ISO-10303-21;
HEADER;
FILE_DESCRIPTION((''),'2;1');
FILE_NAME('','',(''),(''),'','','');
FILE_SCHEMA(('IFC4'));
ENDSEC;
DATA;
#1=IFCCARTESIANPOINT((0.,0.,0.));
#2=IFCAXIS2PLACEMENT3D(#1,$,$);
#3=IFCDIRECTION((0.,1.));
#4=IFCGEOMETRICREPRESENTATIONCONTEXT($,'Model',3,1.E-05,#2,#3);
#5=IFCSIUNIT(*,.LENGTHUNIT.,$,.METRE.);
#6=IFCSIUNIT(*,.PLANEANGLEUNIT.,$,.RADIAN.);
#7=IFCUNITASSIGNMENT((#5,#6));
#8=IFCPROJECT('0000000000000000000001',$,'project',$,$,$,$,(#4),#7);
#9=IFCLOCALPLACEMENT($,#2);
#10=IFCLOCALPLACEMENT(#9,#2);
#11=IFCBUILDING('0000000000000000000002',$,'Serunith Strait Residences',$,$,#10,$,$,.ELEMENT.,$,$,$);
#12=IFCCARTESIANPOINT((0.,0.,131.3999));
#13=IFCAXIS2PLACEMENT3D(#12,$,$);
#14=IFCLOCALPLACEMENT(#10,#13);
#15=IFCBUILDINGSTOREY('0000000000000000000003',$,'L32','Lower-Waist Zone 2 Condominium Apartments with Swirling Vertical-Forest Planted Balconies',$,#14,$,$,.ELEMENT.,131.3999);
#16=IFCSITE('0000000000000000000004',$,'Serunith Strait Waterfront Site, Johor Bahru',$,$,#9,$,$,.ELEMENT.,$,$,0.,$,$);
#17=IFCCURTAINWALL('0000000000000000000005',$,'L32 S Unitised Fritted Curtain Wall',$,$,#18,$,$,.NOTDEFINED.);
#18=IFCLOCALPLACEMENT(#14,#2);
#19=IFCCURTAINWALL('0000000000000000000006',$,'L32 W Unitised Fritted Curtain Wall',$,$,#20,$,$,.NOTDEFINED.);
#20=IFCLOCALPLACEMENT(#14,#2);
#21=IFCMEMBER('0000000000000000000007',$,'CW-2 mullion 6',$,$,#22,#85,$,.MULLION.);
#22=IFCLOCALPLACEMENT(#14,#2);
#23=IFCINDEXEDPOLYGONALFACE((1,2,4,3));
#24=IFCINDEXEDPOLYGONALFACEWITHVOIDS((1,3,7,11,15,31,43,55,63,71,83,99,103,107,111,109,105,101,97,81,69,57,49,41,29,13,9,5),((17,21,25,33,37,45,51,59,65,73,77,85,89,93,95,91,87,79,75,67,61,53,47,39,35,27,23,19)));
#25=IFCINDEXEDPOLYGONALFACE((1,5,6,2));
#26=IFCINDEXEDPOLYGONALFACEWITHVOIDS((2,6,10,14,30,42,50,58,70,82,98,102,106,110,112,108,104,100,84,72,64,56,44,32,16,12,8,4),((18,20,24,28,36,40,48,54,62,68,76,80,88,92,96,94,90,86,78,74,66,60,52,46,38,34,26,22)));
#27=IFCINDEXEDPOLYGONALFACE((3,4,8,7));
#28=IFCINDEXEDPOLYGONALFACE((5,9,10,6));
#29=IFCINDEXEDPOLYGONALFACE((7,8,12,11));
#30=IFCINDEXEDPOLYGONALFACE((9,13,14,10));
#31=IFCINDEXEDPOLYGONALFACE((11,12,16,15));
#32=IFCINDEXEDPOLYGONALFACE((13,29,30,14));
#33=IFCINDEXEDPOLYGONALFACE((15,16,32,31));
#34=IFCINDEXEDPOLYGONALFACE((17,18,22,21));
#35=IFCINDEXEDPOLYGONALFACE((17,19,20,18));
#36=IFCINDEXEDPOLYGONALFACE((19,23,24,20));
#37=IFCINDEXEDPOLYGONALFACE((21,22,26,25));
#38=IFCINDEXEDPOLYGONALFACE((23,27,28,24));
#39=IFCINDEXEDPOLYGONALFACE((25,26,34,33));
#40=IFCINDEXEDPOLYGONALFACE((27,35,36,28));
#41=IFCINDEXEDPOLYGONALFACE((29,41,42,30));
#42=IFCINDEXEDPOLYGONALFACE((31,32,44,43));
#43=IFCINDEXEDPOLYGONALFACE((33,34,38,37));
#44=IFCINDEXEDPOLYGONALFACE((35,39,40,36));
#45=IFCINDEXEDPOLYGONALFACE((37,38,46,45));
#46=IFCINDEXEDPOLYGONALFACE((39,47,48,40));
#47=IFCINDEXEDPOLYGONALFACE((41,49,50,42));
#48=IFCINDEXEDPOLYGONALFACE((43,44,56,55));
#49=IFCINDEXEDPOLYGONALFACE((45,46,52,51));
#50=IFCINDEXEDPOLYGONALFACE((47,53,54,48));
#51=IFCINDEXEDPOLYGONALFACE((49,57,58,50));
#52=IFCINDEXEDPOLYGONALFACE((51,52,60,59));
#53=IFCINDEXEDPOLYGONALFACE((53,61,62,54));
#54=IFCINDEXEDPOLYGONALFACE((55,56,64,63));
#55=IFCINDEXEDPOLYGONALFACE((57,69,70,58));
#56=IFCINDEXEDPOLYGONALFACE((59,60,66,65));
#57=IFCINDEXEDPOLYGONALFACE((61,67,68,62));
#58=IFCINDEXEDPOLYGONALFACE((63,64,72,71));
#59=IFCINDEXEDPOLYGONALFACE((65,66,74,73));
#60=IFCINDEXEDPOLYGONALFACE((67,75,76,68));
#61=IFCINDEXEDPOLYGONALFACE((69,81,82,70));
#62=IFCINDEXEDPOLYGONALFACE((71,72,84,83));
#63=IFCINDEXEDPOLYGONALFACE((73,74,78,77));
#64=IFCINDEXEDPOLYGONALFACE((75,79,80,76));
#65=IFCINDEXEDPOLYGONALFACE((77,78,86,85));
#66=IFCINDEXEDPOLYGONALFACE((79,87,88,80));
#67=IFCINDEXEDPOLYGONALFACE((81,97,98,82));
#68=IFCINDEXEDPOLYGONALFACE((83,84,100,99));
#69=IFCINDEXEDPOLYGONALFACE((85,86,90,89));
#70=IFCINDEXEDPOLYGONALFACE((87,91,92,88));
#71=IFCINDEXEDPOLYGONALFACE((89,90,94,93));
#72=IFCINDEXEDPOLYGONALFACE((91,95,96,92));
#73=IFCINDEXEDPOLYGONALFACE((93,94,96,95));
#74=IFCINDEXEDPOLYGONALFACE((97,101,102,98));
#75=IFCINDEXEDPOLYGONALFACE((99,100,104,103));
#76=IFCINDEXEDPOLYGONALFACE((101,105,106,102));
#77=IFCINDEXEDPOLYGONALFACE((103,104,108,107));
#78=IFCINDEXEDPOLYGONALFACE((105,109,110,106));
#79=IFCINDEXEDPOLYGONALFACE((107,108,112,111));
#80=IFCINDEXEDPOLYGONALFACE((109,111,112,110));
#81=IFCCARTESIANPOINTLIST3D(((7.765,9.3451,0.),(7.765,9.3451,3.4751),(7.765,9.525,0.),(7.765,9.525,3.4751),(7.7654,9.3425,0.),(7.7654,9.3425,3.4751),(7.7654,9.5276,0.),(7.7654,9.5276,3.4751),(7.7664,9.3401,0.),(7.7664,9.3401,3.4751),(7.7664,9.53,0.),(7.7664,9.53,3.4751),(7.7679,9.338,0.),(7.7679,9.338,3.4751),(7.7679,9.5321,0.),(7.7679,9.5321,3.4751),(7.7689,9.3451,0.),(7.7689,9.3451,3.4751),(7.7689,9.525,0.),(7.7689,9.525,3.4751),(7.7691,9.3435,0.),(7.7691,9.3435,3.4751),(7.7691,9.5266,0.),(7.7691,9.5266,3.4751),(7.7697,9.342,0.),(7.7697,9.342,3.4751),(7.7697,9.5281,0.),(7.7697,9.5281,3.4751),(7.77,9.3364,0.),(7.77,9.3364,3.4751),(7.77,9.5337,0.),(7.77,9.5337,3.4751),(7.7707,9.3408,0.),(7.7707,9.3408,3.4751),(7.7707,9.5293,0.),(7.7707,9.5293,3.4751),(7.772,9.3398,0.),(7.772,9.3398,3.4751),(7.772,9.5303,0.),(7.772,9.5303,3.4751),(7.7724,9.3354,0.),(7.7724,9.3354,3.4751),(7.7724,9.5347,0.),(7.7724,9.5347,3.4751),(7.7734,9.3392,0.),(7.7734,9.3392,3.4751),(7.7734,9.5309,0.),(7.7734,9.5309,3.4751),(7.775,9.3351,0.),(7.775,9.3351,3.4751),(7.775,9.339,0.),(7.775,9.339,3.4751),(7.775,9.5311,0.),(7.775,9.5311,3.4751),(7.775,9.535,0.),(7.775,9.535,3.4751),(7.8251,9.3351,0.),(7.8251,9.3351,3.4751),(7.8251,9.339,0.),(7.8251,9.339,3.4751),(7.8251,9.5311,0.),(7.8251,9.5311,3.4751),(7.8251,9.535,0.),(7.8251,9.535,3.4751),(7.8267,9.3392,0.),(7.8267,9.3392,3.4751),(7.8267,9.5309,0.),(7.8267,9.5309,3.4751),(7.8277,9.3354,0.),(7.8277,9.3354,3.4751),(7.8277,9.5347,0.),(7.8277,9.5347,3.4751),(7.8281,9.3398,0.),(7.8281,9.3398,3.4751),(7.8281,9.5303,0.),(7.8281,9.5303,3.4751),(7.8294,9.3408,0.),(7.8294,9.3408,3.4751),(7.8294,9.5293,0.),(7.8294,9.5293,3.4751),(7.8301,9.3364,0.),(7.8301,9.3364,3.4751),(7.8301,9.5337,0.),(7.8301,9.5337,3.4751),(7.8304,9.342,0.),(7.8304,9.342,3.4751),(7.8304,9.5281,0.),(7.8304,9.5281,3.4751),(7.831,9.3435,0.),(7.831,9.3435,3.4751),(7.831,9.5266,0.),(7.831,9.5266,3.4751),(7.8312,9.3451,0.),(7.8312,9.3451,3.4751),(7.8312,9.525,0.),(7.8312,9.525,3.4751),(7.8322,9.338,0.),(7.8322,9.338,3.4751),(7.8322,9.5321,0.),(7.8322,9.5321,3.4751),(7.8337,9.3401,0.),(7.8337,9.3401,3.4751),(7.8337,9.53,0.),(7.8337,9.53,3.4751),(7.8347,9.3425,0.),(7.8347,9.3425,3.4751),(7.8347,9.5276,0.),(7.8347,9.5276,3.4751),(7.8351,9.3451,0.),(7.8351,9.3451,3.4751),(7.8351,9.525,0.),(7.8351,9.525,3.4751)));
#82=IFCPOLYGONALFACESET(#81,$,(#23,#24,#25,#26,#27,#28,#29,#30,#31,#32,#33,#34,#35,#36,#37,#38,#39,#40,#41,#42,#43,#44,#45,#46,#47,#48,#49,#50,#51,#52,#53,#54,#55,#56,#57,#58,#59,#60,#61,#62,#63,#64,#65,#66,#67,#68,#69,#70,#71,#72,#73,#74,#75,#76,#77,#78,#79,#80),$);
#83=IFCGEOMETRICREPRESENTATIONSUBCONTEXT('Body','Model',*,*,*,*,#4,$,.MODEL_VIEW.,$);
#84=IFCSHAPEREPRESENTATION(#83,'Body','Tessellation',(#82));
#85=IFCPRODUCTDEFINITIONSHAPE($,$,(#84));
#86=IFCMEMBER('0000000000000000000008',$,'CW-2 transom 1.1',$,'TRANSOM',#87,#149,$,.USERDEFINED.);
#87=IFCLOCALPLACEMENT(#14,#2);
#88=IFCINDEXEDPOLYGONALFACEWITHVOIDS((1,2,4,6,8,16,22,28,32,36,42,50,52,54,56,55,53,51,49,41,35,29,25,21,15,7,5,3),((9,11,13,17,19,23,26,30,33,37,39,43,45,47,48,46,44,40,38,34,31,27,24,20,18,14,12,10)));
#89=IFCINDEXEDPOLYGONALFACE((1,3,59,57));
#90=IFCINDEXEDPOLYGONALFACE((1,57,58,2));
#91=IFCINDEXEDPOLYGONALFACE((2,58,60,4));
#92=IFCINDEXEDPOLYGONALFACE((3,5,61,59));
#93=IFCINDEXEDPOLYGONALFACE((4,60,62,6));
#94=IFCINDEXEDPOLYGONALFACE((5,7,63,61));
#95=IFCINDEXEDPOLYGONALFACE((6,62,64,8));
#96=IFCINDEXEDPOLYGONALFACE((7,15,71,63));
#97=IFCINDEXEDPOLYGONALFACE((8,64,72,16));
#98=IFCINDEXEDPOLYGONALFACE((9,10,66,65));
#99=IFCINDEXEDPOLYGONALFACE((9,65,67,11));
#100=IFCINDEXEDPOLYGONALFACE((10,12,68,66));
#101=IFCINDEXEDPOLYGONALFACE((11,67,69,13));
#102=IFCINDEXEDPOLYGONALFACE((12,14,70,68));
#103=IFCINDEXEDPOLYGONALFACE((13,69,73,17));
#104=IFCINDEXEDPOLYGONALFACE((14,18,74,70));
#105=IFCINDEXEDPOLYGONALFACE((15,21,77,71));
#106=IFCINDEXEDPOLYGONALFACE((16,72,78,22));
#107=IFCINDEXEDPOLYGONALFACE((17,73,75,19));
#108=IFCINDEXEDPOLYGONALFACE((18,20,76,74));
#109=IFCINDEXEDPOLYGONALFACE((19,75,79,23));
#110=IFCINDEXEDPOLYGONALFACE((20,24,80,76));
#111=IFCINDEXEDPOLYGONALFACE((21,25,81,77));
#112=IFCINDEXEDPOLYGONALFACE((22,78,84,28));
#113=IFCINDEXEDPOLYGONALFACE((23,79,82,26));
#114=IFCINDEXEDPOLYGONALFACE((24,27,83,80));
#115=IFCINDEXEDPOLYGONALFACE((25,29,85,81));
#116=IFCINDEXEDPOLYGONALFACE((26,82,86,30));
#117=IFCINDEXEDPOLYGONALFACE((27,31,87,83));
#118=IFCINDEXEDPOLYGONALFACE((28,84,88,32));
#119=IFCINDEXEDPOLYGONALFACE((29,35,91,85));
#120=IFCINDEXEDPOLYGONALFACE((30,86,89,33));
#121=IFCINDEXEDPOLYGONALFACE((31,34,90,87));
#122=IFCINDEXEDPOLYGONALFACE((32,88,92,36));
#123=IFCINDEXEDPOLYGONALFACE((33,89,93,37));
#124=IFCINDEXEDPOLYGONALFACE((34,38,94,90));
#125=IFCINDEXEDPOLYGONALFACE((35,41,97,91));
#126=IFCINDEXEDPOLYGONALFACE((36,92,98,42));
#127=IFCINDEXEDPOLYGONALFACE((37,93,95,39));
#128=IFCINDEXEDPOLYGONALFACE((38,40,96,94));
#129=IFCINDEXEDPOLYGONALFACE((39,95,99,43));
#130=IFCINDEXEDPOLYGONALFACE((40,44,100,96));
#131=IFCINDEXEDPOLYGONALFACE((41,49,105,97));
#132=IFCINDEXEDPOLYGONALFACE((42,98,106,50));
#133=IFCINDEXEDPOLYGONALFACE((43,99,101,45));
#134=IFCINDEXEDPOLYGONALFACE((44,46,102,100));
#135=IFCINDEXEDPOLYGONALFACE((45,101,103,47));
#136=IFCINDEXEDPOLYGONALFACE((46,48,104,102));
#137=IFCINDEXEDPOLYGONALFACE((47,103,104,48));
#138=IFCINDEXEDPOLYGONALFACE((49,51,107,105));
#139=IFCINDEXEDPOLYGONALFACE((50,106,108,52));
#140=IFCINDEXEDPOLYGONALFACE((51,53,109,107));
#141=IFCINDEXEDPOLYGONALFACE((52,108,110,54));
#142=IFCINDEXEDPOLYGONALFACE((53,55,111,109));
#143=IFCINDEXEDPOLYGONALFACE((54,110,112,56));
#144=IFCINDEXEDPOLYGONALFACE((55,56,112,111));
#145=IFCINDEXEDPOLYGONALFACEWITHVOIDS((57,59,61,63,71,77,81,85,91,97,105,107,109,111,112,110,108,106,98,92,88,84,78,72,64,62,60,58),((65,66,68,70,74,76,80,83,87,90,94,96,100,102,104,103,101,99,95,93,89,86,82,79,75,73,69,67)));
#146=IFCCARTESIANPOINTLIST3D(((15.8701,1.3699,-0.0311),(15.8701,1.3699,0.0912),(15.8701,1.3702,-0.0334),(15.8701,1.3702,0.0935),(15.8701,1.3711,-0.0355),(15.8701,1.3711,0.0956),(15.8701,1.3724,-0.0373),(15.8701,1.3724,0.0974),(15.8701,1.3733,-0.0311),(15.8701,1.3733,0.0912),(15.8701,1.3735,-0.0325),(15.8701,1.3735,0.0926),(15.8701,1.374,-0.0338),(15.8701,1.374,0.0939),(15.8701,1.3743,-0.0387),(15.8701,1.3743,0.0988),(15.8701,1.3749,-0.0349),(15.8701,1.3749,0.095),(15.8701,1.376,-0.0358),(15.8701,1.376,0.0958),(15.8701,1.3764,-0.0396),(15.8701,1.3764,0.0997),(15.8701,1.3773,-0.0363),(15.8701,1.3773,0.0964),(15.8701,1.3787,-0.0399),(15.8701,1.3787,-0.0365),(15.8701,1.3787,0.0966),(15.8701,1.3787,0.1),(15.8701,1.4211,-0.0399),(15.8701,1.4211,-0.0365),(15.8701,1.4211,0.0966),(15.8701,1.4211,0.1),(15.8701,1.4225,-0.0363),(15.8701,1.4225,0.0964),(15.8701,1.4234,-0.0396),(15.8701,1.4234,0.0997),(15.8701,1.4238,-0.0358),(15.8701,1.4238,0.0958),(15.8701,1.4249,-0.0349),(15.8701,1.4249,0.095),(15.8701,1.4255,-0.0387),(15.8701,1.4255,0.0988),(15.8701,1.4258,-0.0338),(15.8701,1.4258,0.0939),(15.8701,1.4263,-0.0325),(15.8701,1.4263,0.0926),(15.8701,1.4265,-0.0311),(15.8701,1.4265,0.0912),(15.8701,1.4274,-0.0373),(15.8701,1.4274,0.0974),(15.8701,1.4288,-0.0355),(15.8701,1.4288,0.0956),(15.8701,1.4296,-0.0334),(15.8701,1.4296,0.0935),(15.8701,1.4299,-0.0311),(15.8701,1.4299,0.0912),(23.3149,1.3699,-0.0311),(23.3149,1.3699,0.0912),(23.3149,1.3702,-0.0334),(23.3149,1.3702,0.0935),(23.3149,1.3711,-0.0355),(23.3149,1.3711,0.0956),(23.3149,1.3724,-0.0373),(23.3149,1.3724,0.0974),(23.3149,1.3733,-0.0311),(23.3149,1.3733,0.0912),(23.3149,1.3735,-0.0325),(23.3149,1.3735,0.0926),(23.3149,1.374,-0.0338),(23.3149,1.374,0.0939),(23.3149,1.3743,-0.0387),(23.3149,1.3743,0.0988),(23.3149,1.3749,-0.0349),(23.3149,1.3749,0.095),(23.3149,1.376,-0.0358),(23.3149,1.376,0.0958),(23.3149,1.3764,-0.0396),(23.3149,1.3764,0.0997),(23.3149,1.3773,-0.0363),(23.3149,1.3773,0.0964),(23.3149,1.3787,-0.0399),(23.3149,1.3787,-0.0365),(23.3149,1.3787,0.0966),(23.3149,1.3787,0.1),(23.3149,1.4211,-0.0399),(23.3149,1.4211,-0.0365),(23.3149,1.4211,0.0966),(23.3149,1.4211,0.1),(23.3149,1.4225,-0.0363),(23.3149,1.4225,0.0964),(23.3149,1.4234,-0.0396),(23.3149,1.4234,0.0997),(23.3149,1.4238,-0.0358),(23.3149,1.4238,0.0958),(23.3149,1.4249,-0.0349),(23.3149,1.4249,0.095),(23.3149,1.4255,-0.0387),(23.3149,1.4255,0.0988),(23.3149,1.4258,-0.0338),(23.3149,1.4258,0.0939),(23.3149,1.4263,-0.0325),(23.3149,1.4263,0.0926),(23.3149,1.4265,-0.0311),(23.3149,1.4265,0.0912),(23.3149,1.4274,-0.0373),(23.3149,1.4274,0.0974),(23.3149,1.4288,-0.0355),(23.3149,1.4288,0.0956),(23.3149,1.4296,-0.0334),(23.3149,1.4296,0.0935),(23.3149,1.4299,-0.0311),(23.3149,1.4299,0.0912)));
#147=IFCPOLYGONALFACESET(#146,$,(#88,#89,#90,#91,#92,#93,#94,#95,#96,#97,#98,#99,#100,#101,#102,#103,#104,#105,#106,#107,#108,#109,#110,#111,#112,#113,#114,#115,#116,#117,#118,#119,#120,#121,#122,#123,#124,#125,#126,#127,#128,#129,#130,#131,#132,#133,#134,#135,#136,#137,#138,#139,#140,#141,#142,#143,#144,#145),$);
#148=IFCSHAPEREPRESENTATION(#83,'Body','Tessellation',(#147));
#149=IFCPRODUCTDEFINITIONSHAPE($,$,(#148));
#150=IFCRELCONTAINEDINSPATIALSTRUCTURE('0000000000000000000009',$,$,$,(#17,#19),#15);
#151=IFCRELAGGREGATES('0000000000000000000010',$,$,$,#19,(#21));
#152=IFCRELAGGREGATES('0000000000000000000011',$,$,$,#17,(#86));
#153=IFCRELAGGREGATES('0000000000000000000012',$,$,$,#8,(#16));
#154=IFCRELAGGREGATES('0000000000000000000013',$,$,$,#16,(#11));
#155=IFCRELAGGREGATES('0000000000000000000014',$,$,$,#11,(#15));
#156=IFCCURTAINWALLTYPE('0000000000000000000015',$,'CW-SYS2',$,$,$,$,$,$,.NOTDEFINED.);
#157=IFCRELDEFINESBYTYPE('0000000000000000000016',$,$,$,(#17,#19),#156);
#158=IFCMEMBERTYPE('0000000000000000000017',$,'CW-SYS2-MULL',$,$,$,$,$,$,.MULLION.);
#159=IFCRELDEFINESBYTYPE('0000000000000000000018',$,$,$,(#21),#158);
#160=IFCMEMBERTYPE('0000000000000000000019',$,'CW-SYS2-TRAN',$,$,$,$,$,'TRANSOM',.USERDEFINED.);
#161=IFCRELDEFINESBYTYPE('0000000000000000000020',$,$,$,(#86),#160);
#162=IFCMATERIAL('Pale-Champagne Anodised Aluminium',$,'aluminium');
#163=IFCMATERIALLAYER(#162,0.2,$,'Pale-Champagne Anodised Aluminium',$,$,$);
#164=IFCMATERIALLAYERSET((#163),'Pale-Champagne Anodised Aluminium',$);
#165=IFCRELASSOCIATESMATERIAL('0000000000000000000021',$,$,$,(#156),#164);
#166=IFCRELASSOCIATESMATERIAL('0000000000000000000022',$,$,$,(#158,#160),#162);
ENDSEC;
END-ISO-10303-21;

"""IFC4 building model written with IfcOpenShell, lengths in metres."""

from ifc_helpers import new_model, si_unit, direction, frame, origin, origin_2d, place, context, subcontext, project, spatial, hollow_rectangle, extrude, source, transform, mapped, material, layer, layer_set, material_profile, profile_set, type_object, element, aggregate, save


model = new_model("IFC4")

# Units and contexts
model_context = context("Model", 3, precision=1e-05, world=origin(), true_north=direction((0.0, 1.0)))
body_context = subcontext(model_context, "Body", "Model", "MODEL_VIEW")
ifc_project = project(units=[si_unit("LENGTHUNIT", "METRE"), si_unit("PLANEANGLEUNIT", "RADIAN")], contexts=[model_context])

# Site, building, storey
site_placement = place(None, origin())
site = spatial("IfcSite", under=ifc_project, at=site_placement, Name="Serunith Strait Waterfront Site, Johor Bahru", CompositionType="ELEMENT", RefElevation=0.0)
building_placement = place(site_placement, origin())
building = spatial("IfcBuilding", under=site, at=building_placement, Name="Serunith Strait Residences", CompositionType="ELEMENT")
storey_placement = place(building_placement, frame((0.0, 0.0, 131.3999)))
storey = spatial("IfcBuildingStorey", under=building, at=storey_placement, Name="L32", Description="Lower-Waist Zone 2 Condominium Apartments with Swirling Vertical-Forest Planted Balconies", CompositionType="ELEMENT", Elevation=131.3999)

# Curtain walls, member
ifc_material_1 = material(Name="Pale-Champagne Anodised Aluminium", Category="aluminium")
ifc_layer_1 = layer(ifc_material_1, 0.2, Name="Pale-Champagne Anodised Aluminium")
ifc_layer_set_1 = layer_set([ifc_layer_1], Name="Pale-Champagne Anodised Aluminium")
curtain_wall_type = type_object("IfcCurtainWallType", Name="CW-SYS2", PredefinedType="NOTDEFINED", material=ifc_layer_set_1)
curtain_wall_1_placement = place(storey_placement, origin())
curtain_wall_1 = element("IfcCurtainWall", 1, at=curtain_wall_1_placement, inside=storey, type_object=curtain_wall_type, Name="L32 S Unitised Fritted Curtain Wall", PredefinedType="NOTDEFINED")
ifc_material_profile_1 = material_profile(ifc_material_1, hollow_rectangle(XDim=0.0701, YDim=0.2, WallThickness=0.0039, InnerFilletRadius=0.0061, OuterFilletRadius=0.01, at=origin_2d()), Name="ALU 200x70x4")
ifc_profile_set_1 = profile_set([ifc_material_profile_1], Name="Pale-Champagne Anodised Aluminium")
member_type_1 = type_object("IfcMemberType", Name="CW-SYS2-MULL", PredefinedType="MULLION", material=ifc_profile_set_1)
shared_shape_1 = source(origin(), body_context, "Body", "SweptSolid", [
    extrude(hollow_rectangle(XDim=0.0701, YDim=0.2, WallThickness=0.0039, InnerFilletRadius=0.0061, OuterFilletRadius=0.01, at=origin_2d()), origin(), (0.0, 0.0, 1.0), 3.4751),
])
curtain_wall_2_placement = place(storey_placement, origin())
curtain_wall_2 = element("IfcCurtainWall", 2, at=curtain_wall_2_placement, inside=storey, type_object=curtain_wall_type, Name="L32 W Unitised Fritted Curtain Wall", PredefinedType="NOTDEFINED")
member_1_placement = place(storey_placement, frame((7.8, 9.4351, 0.0), z_axis=(0.0, 0.0, 1.0), x_axis=(1.0, 0.0, 0.0)))
member_1 = element("IfcMember", 3, at=member_1_placement, type_object=member_type_1, Name="CW-2 mullion 6", PredefinedType="MULLION", context=body_context, shape_type="MappedRepresentation", body=[
    mapped(shared_shape_1, transform((0.0, 0.0, 0.0), scale=1.0)),
])
aggregate(curtain_wall_2, [member_1])

# Member
ifc_material_profile_2 = material_profile(ifc_material_1, hollow_rectangle(XDim=0.0601, YDim=0.1399, WallThickness=0.0034, InnerFilletRadius=0.0054, OuterFilletRadius=0.0088, at=origin_2d()), Name="ALU 140x60x3.5")
ifc_profile_set_2 = profile_set([ifc_material_profile_2], Name="Pale-Champagne Anodised Aluminium")
member_type_2 = type_object("IfcMemberType", Name="CW-SYS2-TRAN", ElementType="TRANSOM", PredefinedType="USERDEFINED", material=ifc_profile_set_2)
shared_shape_2 = source(origin(), body_context, "Body", "SweptSolid", [
    extrude(hollow_rectangle(XDim=0.0601, YDim=0.1399, WallThickness=0.0034, InnerFilletRadius=0.0054, OuterFilletRadius=0.0088, at=origin_2d()), origin(), (0.0, 0.0, 1.0), 7.4448),
])
member_2_placement = place(storey_placement, frame((15.8701, 1.3999, 0.03), z_axis=(1.0, 0.0, 0.0), x_axis=(0.0, 1.0, 0.0)))
member_2 = element("IfcMember", 4, at=member_2_placement, type_object=member_type_2, Name="CW-2 transom 1.1", ObjectType="TRANSOM", PredefinedType="USERDEFINED", context=body_context, shape_type="MappedRepresentation", body=[
    mapped(shared_shape_2, transform((0.0, 0.0, 0.0), scale=1.0)),
])
aggregate(curtain_wall_1, [member_2])

save(model, "model.ifc")
